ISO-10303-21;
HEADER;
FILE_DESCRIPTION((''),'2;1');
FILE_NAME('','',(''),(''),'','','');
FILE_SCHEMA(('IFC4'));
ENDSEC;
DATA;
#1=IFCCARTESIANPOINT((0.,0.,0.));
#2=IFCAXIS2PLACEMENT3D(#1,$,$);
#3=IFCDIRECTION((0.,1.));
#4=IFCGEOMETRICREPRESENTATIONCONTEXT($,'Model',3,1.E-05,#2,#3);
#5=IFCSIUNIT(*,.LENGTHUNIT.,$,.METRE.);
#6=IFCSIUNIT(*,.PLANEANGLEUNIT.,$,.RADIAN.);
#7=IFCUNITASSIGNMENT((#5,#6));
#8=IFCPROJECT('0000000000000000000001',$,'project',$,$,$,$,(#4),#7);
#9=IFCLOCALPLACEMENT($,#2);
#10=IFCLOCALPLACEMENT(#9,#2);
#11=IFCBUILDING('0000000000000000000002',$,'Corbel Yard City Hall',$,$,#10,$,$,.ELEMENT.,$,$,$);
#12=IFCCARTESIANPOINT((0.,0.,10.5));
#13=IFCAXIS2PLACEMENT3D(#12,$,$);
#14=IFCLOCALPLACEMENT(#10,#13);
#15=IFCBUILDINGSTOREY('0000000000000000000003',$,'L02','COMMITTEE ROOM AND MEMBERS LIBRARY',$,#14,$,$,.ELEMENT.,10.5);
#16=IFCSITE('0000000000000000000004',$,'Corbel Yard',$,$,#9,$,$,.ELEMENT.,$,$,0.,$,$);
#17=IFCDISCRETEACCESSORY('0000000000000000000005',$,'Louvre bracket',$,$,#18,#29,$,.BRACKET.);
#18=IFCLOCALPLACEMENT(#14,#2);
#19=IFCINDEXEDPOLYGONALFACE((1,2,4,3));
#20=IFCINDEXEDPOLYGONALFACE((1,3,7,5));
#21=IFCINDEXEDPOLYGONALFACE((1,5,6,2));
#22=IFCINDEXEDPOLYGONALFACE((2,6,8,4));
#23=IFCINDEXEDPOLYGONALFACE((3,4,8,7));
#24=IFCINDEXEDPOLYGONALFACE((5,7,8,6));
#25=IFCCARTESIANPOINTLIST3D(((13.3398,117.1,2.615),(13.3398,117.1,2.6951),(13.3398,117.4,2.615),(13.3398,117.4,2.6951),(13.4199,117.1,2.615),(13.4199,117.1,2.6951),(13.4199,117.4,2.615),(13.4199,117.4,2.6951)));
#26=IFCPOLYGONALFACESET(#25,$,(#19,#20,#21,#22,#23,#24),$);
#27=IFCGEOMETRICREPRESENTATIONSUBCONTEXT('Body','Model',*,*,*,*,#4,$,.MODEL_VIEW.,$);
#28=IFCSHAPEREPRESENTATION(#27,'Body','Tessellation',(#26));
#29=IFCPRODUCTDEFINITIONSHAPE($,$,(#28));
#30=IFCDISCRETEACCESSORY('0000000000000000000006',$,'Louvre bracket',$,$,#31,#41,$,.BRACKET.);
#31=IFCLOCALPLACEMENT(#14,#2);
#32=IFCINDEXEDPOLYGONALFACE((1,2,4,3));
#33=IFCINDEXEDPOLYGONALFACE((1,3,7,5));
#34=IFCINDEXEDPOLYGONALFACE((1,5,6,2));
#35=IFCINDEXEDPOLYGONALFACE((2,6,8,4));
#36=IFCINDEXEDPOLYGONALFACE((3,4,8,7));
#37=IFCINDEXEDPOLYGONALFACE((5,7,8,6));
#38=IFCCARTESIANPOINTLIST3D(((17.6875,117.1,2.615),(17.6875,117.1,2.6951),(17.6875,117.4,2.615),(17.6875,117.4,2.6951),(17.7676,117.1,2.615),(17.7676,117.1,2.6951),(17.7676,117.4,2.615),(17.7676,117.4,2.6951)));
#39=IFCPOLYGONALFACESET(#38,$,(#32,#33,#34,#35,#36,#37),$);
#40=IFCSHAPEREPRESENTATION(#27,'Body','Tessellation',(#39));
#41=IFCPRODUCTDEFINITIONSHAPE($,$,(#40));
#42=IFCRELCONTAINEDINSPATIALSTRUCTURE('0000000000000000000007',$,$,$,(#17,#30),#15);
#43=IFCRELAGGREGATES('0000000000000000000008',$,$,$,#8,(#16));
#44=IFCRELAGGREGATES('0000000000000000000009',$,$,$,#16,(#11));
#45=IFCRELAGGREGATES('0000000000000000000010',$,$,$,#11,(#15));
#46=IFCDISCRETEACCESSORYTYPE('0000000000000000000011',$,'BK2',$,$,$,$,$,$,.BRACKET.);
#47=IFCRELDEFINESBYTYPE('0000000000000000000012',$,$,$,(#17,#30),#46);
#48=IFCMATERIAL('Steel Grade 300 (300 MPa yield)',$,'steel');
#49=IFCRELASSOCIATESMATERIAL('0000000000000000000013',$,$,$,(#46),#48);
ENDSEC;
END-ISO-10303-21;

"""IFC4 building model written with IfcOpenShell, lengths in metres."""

from ifc_helpers import new_model, si_unit, direction, frame, origin, origin_2d, place, context, subcontext, project, spatial, rectangle, extrude, material, type_object, element, save


model = new_model("IFC4")

# Units and contexts
model_context = context("Model", 3, precision=1e-05, world=origin(), true_north=direction((0.0, 1.0)))
body_context = subcontext(model_context, "Body", "Model", "MODEL_VIEW")
ifc_project = project(units=[si_unit("LENGTHUNIT", "METRE"), si_unit("PLANEANGLEUNIT", "RADIAN")], contexts=[model_context])

# Site, building, storey
site_placement = place(None, origin())
site = spatial("IfcSite", under=ifc_project, at=site_placement, Name="Corbel Yard", CompositionType="ELEMENT", RefElevation=0.0)
building_placement = place(site_placement, origin())
building = spatial("IfcBuilding", under=site, at=building_placement, Name="Corbel Yard City Hall", CompositionType="ELEMENT")
storey_placement = place(building_placement, frame((0.0, 0.0, 10.5)))
storey = spatial("IfcBuildingStorey", under=building, at=storey_placement, Name="L02", Description="COMMITTEE ROOM AND MEMBERS LIBRARY", CompositionType="ELEMENT", Elevation=10.5)

# Discrete accessories
ifc_material_1 = material(Name="Steel Grade 300 (300 MPa yield)", Category="steel")
discrete_accessory_type = type_object("IfcDiscreteAccessoryType", Name="BK2", PredefinedType="BRACKET", material=ifc_material_1)
for number, where, z_axis, x_axis, name in (
    (1, (13.3799, 117.25, 2.615), (0.0, 0.0, 1.0), (1.0, 0.0, 0.0), "Louvre bracket"),
    (2, (17.7275, 117.25, 2.615), (0.0, 0.0, 1.0), (1.0, 0.0, 0.0), "Louvre bracket"),
):
    element("IfcDiscreteAccessory", number, at=place(storey_placement, frame(where, z_axis=z_axis, x_axis=x_axis)), inside=storey, type_object=discrete_accessory_type, Name=name, PredefinedType="BRACKET", context=body_context, shape_type="SweptSolid", body=[
        extrude(rectangle(XDim=0.0801, YDim=0.3, at=origin_2d()), origin(), (0.0, 0.0, 1.0), 0.0801),
    ])

save(model, "model.ifc")
